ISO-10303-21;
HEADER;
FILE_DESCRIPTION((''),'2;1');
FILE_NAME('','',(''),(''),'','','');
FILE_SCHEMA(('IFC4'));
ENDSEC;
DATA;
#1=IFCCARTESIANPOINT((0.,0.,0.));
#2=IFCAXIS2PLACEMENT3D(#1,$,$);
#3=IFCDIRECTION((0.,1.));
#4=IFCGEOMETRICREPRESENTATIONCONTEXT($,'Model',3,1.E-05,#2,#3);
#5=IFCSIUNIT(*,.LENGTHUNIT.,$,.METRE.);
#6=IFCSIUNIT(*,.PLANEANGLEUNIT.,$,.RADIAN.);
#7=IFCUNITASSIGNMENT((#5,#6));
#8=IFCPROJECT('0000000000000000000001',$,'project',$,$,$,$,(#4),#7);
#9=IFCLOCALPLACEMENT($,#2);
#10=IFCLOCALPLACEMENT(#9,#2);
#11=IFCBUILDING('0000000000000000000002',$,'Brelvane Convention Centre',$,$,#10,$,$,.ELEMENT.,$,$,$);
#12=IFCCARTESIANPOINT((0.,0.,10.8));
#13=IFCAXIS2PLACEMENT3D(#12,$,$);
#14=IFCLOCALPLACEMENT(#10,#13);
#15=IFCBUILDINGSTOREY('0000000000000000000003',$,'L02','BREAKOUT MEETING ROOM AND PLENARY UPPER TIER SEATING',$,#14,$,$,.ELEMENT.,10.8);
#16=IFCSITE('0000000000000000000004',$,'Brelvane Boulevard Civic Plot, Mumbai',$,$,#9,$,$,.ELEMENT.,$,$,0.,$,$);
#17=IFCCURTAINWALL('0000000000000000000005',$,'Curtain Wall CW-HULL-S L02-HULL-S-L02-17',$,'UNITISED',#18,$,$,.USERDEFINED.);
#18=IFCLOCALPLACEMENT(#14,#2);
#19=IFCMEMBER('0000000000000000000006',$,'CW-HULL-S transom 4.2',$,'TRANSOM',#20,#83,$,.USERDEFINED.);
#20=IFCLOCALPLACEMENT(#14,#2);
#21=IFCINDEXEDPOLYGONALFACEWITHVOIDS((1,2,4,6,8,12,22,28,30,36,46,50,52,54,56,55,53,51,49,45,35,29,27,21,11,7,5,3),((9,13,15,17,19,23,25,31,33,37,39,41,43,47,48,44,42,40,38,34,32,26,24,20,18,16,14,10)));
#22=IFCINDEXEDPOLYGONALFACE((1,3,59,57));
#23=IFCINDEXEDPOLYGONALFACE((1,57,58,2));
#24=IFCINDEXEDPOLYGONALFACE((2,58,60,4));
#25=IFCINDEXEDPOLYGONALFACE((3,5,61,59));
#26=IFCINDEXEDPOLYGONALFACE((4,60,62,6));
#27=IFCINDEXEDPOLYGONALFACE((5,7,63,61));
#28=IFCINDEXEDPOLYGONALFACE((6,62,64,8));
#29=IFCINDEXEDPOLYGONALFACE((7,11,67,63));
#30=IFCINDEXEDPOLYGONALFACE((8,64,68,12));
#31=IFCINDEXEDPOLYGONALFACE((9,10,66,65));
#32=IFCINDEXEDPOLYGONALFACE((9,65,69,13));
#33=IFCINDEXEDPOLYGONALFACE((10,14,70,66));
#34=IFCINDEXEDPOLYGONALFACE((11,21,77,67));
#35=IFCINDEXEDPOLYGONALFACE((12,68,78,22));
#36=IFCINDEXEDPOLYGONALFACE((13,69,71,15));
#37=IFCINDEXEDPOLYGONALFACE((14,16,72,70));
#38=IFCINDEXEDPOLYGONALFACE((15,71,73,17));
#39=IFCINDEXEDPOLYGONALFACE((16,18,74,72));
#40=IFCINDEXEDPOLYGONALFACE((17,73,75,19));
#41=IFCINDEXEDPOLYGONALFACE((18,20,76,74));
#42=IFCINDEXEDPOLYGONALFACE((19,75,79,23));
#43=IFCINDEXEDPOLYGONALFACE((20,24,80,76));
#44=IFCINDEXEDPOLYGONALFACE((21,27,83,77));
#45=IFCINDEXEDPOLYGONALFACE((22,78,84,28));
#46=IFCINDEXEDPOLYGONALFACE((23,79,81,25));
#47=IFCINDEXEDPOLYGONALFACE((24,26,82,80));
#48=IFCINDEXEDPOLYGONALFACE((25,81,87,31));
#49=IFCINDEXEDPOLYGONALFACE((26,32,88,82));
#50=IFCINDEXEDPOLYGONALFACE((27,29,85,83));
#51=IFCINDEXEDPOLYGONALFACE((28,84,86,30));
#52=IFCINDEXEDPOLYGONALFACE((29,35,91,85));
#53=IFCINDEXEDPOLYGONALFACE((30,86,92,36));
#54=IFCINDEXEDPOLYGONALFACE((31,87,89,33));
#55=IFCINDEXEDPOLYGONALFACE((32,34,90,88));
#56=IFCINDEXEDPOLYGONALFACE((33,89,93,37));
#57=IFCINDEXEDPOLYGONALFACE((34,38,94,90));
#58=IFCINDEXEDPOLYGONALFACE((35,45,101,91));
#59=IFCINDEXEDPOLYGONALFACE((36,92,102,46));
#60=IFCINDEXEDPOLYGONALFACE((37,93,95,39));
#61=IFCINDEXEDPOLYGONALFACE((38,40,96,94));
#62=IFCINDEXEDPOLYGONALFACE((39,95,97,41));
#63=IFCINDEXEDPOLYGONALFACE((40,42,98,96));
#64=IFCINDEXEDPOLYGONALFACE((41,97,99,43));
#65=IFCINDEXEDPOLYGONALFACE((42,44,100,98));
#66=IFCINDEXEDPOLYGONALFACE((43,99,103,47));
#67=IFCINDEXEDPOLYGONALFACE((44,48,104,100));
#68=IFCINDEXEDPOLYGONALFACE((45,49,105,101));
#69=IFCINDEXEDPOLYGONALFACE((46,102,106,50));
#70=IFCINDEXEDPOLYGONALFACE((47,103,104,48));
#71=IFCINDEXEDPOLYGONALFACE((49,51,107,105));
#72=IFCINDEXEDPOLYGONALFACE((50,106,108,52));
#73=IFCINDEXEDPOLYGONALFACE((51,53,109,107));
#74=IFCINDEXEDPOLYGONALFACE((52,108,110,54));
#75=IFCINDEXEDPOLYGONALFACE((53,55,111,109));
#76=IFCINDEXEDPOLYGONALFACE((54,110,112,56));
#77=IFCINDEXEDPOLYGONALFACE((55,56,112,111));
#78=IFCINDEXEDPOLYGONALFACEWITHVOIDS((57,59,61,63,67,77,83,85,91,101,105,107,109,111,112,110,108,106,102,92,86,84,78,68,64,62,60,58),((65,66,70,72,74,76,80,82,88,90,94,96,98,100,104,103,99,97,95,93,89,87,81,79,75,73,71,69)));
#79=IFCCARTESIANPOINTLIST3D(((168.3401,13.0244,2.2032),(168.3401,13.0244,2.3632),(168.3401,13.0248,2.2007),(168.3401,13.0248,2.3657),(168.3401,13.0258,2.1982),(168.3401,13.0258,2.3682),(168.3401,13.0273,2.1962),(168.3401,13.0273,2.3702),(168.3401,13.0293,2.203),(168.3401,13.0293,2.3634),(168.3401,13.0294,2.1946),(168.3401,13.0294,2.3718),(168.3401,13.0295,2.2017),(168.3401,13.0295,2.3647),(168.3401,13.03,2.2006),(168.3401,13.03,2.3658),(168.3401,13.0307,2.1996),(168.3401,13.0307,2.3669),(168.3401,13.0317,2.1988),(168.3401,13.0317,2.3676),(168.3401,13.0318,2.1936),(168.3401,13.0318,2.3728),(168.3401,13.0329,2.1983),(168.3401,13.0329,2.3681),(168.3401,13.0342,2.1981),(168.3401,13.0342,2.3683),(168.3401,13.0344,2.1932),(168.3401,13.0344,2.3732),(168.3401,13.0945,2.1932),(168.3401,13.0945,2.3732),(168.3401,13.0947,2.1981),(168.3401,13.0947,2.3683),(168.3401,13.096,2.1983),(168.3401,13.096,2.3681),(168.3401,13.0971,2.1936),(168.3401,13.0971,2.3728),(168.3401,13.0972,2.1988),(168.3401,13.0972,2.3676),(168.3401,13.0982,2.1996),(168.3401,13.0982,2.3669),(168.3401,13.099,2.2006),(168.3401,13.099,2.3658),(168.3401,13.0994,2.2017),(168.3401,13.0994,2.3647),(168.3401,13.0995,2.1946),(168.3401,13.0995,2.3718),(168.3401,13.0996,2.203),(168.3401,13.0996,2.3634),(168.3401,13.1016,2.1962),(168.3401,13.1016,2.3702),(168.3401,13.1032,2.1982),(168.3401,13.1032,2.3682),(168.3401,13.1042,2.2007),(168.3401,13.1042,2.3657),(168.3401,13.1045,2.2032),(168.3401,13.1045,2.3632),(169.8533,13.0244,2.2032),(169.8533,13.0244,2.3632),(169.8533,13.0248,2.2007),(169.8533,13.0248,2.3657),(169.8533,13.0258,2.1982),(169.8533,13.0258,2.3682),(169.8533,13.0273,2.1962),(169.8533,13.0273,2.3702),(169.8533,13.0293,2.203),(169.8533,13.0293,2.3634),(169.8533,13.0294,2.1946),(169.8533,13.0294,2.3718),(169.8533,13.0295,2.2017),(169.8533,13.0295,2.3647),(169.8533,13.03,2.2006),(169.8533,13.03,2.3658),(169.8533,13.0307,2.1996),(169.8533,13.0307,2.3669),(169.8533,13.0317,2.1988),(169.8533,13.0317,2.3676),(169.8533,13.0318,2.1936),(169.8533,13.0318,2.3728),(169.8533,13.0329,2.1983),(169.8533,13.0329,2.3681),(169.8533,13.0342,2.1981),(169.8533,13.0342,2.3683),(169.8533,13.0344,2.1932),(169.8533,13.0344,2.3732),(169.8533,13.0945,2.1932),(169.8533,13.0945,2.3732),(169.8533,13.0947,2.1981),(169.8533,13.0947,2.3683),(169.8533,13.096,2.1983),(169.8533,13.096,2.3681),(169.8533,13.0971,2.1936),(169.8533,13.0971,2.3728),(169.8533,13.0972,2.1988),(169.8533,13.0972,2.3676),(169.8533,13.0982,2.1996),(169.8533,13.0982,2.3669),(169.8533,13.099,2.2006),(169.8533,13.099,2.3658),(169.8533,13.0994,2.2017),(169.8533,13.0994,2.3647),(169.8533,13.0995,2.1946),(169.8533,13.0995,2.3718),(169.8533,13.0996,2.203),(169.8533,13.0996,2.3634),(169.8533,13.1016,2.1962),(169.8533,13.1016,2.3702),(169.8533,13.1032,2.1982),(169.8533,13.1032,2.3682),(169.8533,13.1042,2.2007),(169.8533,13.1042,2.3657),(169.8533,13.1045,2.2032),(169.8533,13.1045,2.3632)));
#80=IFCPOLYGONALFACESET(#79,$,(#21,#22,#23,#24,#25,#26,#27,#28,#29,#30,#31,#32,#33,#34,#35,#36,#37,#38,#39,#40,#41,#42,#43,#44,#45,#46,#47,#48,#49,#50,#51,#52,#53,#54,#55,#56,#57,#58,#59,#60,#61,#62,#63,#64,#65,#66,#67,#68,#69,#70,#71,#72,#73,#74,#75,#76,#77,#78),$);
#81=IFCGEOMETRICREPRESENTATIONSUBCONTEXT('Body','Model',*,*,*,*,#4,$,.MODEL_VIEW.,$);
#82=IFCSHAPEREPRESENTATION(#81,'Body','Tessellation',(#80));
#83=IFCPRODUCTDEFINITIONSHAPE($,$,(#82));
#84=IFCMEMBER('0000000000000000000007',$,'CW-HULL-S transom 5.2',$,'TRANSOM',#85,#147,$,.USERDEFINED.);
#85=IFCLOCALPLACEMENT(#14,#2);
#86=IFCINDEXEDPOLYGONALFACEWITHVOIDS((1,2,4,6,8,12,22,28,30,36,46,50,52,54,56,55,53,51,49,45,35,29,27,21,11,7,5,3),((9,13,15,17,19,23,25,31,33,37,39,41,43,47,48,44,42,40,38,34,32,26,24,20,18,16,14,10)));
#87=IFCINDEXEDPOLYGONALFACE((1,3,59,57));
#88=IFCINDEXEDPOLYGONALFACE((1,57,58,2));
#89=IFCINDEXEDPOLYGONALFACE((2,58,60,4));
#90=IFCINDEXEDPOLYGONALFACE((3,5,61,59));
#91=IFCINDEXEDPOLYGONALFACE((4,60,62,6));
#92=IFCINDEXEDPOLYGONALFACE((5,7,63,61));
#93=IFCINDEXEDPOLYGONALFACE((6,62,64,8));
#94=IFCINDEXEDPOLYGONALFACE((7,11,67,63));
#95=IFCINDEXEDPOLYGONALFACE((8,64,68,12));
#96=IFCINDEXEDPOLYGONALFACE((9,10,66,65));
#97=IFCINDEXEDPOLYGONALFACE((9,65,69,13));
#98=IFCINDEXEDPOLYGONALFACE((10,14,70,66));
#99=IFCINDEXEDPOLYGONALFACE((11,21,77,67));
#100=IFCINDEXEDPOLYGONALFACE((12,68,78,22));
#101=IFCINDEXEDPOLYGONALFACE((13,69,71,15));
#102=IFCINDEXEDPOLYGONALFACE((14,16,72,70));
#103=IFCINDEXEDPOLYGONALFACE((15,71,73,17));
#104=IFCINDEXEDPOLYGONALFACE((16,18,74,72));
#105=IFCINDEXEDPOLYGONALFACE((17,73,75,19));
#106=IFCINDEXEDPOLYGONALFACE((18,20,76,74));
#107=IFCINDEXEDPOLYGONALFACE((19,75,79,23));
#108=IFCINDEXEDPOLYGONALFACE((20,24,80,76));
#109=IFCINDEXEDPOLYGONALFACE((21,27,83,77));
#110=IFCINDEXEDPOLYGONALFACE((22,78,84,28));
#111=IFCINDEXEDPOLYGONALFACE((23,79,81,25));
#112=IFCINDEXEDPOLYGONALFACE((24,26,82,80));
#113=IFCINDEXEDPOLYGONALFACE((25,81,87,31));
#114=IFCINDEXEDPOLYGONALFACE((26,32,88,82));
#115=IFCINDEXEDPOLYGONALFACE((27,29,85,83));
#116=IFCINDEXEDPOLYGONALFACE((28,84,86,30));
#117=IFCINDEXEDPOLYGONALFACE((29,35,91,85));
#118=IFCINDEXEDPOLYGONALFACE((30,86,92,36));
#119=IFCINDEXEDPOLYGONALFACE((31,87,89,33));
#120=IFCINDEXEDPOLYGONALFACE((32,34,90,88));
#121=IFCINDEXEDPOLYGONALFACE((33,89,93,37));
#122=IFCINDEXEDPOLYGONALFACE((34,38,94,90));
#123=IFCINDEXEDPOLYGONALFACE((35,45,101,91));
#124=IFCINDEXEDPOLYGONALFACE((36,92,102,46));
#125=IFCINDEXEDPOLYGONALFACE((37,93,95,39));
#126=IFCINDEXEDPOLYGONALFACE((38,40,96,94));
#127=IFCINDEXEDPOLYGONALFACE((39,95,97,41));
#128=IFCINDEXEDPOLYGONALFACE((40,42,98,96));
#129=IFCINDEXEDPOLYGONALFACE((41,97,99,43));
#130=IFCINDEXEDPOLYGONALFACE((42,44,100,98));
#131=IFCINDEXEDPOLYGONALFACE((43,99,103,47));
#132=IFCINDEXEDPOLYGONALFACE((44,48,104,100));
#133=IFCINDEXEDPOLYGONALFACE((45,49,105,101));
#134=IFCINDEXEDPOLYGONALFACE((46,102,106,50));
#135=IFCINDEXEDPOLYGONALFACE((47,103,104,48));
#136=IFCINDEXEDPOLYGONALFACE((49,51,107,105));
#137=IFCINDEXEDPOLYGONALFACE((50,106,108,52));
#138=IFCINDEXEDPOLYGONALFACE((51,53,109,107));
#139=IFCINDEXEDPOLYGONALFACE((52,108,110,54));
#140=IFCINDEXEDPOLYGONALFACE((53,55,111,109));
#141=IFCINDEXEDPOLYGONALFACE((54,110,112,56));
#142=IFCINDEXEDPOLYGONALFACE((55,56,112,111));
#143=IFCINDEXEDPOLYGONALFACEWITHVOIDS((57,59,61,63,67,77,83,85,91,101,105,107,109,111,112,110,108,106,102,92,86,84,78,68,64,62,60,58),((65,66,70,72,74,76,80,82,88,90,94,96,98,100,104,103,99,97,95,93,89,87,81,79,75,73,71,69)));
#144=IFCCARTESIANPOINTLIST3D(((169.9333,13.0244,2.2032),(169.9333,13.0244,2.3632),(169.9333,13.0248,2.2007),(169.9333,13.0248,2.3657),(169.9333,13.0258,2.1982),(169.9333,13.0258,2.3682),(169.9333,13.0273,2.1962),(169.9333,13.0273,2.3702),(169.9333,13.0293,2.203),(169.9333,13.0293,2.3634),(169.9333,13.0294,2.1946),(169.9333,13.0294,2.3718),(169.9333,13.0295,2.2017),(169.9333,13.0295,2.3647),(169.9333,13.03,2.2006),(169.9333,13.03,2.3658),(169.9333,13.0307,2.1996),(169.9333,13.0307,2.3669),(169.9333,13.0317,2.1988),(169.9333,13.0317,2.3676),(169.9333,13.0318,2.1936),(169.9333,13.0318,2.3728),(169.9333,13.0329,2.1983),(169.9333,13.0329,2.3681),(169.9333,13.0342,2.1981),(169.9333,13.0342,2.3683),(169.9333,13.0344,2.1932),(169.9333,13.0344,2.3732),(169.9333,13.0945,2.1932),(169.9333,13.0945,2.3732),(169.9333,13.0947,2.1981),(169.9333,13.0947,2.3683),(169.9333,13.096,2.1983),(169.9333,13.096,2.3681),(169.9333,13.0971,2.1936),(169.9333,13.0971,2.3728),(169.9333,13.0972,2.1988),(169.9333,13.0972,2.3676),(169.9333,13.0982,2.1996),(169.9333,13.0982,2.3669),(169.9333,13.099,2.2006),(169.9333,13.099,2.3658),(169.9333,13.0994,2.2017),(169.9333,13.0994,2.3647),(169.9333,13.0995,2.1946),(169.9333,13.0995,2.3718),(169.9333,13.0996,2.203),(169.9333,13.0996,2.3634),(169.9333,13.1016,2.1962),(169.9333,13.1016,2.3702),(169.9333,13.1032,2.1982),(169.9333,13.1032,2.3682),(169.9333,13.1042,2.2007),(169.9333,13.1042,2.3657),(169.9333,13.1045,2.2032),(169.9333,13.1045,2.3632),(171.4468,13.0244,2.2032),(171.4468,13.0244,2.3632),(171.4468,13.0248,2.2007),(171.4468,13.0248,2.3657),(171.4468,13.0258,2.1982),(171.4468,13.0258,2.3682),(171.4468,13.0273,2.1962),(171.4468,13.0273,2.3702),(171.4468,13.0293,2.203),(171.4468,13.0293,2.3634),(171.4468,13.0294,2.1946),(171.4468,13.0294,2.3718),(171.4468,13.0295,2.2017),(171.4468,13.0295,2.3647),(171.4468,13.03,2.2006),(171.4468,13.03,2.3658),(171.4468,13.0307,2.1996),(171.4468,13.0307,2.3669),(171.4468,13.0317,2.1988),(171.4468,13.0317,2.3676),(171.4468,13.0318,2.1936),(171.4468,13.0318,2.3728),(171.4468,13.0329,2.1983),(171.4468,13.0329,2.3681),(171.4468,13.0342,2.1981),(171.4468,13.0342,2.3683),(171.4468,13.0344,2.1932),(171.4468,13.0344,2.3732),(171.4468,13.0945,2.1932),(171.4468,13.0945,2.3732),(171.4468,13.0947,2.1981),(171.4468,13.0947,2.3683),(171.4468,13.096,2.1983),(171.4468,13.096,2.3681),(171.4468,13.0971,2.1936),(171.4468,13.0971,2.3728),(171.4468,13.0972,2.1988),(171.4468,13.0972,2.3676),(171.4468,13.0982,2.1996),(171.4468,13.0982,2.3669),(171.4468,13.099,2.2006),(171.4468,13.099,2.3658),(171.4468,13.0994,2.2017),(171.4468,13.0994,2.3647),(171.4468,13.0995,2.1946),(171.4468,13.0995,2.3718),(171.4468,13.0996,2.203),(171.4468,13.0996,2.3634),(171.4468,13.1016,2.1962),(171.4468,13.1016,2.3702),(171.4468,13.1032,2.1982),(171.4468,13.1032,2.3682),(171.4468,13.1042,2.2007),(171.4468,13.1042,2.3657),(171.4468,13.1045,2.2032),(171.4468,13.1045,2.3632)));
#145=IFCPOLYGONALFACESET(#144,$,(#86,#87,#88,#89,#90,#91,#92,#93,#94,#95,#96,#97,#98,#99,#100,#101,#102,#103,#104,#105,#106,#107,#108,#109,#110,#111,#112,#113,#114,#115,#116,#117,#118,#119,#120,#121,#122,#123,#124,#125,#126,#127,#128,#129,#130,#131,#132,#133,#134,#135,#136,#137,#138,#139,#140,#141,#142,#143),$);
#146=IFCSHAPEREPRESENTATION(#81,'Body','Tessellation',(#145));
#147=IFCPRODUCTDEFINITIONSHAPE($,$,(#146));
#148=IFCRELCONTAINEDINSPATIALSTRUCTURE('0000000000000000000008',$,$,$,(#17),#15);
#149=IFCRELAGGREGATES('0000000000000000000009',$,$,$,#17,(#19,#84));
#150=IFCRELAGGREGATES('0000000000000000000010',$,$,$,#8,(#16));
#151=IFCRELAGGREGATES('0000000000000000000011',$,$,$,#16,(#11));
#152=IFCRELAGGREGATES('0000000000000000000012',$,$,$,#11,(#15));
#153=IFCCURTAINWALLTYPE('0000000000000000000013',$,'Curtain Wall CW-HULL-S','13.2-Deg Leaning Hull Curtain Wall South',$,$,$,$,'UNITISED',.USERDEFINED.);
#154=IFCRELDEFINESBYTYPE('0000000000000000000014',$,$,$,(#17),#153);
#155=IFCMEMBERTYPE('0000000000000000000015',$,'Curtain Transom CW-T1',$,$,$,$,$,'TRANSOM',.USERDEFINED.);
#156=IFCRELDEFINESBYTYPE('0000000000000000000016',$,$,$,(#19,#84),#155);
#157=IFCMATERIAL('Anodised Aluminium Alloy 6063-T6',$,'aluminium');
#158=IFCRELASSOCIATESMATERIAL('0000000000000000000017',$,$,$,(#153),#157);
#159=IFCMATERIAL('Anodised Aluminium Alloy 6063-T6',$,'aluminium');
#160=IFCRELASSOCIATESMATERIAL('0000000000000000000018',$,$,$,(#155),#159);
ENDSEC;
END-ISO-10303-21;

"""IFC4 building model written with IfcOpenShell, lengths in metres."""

from ifc_helpers import new_model, si_unit, direction, frame, origin, origin_2d, place, context, subcontext, project, spatial, hollow_rectangle, extrude, material, material_profile, profile_set, type_object, element, aggregate, save


model = new_model("IFC4")

# Units and contexts
model_context = context("Model", 3, precision=1e-05, world=origin(), true_north=direction((0.0, 1.0)))
body_context = subcontext(model_context, "Body", "Model", "MODEL_VIEW")
ifc_project = project(units=[si_unit("LENGTHUNIT", "METRE"), si_unit("PLANEANGLEUNIT", "RADIAN")], contexts=[model_context])

# Site, building, storey
site_placement = place(None, origin())
site = spatial("IfcSite", under=ifc_project, at=site_placement, Name="Brelvane Boulevard Civic Plot, Mumbai", CompositionType="ELEMENT", RefElevation=0.0)
building_placement = place(site_placement, origin())
building = spatial("IfcBuilding", under=site, at=building_placement, Name="Brelvane Convention Centre", CompositionType="ELEMENT")
storey_placement = place(building_placement, frame((0.0, 0.0, 10.8)))
storey = spatial("IfcBuildingStorey", under=building, at=storey_placement, Name="L02", Description="BREAKOUT MEETING ROOM AND PLENARY UPPER TIER SEATING", CompositionType="ELEMENT", Elevation=10.8)

# Curtain wall, members
ifc_material_1 = material(Name="Anodised Aluminium Alloy 6063-T6", Category="aluminium")
curtain_wall_type = type_object("IfcCurtainWallType", Name="Curtain Wall CW-HULL-S", Description="13.2-Deg Leaning Hull Curtain Wall South", ElementType="UNITISED", PredefinedType="USERDEFINED", material=ifc_material_1)
curtain_wall_1_placement = place(storey_placement, origin())
curtain_wall_1 = element("IfcCurtainWall", 1, at=curtain_wall_1_placement, inside=storey, type_object=curtain_wall_type, Name="Curtain Wall CW-HULL-S L02-HULL-S-L02-17", ObjectType="UNITISED", PredefinedType="USERDEFINED")
ifc_material_2 = material(Name="Anodised Aluminium Alloy 6063-T6", Category="aluminium")
ifc_material_profile = material_profile(ifc_material_2, hollow_rectangle(XDim=0.0801, YDim=0.1799, WallThickness=0.0049, InnerFilletRadius=0.0049, OuterFilletRadius=0.01, at=origin_2d()), Name="ALU-T 180x80x5.0")
ifc_profile_set = profile_set([ifc_material_profile], Name="Anodised Aluminium Alloy 6063-T6")
member_type = type_object("IfcMemberType", Name="Curtain Transom CW-T1", ElementType="TRANSOM", PredefinedType="USERDEFINED", material=ifc_profile_set)
member_1_placement = place(storey_placement, frame((168.3401, 13.0645, 2.2832), z_axis=(1.0, 0.0, 0.0), x_axis=(0.0, 1.0, 0.0)))
member_1 = element("IfcMember", 2, at=member_1_placement, type_object=member_type, Name="CW-HULL-S transom 4.2", ObjectType="TRANSOM", PredefinedType="USERDEFINED", context=body_context, shape_type="SweptSolid", body=[
    extrude(hollow_rectangle(XDim=0.0801, YDim=0.1799, WallThickness=0.0049, InnerFilletRadius=0.0049, OuterFilletRadius=0.01, at=origin_2d()), origin(), (0.0, 0.0, 1.0), 1.5132),
])
member_2_placement = place(storey_placement, frame((169.9333, 13.0645, 2.2832), z_axis=(1.0, 0.0, 0.0), x_axis=(0.0, 1.0, 0.0)))
member_2 = element("IfcMember", 3, at=member_2_placement, type_object=member_type, Name="CW-HULL-S transom 5.2", ObjectType="TRANSOM", PredefinedType="USERDEFINED", context=body_context, shape_type="SweptSolid", body=[
    extrude(hollow_rectangle(XDim=0.0801, YDim=0.1799, WallThickness=0.0049, InnerFilletRadius=0.0049, OuterFilletRadius=0.01, at=origin_2d()), origin(), (0.0, 0.0, 1.0), 1.5134),
])

aggregate(curtain_wall_1, [member_1, member_2])

save(model, "model.ifc")
